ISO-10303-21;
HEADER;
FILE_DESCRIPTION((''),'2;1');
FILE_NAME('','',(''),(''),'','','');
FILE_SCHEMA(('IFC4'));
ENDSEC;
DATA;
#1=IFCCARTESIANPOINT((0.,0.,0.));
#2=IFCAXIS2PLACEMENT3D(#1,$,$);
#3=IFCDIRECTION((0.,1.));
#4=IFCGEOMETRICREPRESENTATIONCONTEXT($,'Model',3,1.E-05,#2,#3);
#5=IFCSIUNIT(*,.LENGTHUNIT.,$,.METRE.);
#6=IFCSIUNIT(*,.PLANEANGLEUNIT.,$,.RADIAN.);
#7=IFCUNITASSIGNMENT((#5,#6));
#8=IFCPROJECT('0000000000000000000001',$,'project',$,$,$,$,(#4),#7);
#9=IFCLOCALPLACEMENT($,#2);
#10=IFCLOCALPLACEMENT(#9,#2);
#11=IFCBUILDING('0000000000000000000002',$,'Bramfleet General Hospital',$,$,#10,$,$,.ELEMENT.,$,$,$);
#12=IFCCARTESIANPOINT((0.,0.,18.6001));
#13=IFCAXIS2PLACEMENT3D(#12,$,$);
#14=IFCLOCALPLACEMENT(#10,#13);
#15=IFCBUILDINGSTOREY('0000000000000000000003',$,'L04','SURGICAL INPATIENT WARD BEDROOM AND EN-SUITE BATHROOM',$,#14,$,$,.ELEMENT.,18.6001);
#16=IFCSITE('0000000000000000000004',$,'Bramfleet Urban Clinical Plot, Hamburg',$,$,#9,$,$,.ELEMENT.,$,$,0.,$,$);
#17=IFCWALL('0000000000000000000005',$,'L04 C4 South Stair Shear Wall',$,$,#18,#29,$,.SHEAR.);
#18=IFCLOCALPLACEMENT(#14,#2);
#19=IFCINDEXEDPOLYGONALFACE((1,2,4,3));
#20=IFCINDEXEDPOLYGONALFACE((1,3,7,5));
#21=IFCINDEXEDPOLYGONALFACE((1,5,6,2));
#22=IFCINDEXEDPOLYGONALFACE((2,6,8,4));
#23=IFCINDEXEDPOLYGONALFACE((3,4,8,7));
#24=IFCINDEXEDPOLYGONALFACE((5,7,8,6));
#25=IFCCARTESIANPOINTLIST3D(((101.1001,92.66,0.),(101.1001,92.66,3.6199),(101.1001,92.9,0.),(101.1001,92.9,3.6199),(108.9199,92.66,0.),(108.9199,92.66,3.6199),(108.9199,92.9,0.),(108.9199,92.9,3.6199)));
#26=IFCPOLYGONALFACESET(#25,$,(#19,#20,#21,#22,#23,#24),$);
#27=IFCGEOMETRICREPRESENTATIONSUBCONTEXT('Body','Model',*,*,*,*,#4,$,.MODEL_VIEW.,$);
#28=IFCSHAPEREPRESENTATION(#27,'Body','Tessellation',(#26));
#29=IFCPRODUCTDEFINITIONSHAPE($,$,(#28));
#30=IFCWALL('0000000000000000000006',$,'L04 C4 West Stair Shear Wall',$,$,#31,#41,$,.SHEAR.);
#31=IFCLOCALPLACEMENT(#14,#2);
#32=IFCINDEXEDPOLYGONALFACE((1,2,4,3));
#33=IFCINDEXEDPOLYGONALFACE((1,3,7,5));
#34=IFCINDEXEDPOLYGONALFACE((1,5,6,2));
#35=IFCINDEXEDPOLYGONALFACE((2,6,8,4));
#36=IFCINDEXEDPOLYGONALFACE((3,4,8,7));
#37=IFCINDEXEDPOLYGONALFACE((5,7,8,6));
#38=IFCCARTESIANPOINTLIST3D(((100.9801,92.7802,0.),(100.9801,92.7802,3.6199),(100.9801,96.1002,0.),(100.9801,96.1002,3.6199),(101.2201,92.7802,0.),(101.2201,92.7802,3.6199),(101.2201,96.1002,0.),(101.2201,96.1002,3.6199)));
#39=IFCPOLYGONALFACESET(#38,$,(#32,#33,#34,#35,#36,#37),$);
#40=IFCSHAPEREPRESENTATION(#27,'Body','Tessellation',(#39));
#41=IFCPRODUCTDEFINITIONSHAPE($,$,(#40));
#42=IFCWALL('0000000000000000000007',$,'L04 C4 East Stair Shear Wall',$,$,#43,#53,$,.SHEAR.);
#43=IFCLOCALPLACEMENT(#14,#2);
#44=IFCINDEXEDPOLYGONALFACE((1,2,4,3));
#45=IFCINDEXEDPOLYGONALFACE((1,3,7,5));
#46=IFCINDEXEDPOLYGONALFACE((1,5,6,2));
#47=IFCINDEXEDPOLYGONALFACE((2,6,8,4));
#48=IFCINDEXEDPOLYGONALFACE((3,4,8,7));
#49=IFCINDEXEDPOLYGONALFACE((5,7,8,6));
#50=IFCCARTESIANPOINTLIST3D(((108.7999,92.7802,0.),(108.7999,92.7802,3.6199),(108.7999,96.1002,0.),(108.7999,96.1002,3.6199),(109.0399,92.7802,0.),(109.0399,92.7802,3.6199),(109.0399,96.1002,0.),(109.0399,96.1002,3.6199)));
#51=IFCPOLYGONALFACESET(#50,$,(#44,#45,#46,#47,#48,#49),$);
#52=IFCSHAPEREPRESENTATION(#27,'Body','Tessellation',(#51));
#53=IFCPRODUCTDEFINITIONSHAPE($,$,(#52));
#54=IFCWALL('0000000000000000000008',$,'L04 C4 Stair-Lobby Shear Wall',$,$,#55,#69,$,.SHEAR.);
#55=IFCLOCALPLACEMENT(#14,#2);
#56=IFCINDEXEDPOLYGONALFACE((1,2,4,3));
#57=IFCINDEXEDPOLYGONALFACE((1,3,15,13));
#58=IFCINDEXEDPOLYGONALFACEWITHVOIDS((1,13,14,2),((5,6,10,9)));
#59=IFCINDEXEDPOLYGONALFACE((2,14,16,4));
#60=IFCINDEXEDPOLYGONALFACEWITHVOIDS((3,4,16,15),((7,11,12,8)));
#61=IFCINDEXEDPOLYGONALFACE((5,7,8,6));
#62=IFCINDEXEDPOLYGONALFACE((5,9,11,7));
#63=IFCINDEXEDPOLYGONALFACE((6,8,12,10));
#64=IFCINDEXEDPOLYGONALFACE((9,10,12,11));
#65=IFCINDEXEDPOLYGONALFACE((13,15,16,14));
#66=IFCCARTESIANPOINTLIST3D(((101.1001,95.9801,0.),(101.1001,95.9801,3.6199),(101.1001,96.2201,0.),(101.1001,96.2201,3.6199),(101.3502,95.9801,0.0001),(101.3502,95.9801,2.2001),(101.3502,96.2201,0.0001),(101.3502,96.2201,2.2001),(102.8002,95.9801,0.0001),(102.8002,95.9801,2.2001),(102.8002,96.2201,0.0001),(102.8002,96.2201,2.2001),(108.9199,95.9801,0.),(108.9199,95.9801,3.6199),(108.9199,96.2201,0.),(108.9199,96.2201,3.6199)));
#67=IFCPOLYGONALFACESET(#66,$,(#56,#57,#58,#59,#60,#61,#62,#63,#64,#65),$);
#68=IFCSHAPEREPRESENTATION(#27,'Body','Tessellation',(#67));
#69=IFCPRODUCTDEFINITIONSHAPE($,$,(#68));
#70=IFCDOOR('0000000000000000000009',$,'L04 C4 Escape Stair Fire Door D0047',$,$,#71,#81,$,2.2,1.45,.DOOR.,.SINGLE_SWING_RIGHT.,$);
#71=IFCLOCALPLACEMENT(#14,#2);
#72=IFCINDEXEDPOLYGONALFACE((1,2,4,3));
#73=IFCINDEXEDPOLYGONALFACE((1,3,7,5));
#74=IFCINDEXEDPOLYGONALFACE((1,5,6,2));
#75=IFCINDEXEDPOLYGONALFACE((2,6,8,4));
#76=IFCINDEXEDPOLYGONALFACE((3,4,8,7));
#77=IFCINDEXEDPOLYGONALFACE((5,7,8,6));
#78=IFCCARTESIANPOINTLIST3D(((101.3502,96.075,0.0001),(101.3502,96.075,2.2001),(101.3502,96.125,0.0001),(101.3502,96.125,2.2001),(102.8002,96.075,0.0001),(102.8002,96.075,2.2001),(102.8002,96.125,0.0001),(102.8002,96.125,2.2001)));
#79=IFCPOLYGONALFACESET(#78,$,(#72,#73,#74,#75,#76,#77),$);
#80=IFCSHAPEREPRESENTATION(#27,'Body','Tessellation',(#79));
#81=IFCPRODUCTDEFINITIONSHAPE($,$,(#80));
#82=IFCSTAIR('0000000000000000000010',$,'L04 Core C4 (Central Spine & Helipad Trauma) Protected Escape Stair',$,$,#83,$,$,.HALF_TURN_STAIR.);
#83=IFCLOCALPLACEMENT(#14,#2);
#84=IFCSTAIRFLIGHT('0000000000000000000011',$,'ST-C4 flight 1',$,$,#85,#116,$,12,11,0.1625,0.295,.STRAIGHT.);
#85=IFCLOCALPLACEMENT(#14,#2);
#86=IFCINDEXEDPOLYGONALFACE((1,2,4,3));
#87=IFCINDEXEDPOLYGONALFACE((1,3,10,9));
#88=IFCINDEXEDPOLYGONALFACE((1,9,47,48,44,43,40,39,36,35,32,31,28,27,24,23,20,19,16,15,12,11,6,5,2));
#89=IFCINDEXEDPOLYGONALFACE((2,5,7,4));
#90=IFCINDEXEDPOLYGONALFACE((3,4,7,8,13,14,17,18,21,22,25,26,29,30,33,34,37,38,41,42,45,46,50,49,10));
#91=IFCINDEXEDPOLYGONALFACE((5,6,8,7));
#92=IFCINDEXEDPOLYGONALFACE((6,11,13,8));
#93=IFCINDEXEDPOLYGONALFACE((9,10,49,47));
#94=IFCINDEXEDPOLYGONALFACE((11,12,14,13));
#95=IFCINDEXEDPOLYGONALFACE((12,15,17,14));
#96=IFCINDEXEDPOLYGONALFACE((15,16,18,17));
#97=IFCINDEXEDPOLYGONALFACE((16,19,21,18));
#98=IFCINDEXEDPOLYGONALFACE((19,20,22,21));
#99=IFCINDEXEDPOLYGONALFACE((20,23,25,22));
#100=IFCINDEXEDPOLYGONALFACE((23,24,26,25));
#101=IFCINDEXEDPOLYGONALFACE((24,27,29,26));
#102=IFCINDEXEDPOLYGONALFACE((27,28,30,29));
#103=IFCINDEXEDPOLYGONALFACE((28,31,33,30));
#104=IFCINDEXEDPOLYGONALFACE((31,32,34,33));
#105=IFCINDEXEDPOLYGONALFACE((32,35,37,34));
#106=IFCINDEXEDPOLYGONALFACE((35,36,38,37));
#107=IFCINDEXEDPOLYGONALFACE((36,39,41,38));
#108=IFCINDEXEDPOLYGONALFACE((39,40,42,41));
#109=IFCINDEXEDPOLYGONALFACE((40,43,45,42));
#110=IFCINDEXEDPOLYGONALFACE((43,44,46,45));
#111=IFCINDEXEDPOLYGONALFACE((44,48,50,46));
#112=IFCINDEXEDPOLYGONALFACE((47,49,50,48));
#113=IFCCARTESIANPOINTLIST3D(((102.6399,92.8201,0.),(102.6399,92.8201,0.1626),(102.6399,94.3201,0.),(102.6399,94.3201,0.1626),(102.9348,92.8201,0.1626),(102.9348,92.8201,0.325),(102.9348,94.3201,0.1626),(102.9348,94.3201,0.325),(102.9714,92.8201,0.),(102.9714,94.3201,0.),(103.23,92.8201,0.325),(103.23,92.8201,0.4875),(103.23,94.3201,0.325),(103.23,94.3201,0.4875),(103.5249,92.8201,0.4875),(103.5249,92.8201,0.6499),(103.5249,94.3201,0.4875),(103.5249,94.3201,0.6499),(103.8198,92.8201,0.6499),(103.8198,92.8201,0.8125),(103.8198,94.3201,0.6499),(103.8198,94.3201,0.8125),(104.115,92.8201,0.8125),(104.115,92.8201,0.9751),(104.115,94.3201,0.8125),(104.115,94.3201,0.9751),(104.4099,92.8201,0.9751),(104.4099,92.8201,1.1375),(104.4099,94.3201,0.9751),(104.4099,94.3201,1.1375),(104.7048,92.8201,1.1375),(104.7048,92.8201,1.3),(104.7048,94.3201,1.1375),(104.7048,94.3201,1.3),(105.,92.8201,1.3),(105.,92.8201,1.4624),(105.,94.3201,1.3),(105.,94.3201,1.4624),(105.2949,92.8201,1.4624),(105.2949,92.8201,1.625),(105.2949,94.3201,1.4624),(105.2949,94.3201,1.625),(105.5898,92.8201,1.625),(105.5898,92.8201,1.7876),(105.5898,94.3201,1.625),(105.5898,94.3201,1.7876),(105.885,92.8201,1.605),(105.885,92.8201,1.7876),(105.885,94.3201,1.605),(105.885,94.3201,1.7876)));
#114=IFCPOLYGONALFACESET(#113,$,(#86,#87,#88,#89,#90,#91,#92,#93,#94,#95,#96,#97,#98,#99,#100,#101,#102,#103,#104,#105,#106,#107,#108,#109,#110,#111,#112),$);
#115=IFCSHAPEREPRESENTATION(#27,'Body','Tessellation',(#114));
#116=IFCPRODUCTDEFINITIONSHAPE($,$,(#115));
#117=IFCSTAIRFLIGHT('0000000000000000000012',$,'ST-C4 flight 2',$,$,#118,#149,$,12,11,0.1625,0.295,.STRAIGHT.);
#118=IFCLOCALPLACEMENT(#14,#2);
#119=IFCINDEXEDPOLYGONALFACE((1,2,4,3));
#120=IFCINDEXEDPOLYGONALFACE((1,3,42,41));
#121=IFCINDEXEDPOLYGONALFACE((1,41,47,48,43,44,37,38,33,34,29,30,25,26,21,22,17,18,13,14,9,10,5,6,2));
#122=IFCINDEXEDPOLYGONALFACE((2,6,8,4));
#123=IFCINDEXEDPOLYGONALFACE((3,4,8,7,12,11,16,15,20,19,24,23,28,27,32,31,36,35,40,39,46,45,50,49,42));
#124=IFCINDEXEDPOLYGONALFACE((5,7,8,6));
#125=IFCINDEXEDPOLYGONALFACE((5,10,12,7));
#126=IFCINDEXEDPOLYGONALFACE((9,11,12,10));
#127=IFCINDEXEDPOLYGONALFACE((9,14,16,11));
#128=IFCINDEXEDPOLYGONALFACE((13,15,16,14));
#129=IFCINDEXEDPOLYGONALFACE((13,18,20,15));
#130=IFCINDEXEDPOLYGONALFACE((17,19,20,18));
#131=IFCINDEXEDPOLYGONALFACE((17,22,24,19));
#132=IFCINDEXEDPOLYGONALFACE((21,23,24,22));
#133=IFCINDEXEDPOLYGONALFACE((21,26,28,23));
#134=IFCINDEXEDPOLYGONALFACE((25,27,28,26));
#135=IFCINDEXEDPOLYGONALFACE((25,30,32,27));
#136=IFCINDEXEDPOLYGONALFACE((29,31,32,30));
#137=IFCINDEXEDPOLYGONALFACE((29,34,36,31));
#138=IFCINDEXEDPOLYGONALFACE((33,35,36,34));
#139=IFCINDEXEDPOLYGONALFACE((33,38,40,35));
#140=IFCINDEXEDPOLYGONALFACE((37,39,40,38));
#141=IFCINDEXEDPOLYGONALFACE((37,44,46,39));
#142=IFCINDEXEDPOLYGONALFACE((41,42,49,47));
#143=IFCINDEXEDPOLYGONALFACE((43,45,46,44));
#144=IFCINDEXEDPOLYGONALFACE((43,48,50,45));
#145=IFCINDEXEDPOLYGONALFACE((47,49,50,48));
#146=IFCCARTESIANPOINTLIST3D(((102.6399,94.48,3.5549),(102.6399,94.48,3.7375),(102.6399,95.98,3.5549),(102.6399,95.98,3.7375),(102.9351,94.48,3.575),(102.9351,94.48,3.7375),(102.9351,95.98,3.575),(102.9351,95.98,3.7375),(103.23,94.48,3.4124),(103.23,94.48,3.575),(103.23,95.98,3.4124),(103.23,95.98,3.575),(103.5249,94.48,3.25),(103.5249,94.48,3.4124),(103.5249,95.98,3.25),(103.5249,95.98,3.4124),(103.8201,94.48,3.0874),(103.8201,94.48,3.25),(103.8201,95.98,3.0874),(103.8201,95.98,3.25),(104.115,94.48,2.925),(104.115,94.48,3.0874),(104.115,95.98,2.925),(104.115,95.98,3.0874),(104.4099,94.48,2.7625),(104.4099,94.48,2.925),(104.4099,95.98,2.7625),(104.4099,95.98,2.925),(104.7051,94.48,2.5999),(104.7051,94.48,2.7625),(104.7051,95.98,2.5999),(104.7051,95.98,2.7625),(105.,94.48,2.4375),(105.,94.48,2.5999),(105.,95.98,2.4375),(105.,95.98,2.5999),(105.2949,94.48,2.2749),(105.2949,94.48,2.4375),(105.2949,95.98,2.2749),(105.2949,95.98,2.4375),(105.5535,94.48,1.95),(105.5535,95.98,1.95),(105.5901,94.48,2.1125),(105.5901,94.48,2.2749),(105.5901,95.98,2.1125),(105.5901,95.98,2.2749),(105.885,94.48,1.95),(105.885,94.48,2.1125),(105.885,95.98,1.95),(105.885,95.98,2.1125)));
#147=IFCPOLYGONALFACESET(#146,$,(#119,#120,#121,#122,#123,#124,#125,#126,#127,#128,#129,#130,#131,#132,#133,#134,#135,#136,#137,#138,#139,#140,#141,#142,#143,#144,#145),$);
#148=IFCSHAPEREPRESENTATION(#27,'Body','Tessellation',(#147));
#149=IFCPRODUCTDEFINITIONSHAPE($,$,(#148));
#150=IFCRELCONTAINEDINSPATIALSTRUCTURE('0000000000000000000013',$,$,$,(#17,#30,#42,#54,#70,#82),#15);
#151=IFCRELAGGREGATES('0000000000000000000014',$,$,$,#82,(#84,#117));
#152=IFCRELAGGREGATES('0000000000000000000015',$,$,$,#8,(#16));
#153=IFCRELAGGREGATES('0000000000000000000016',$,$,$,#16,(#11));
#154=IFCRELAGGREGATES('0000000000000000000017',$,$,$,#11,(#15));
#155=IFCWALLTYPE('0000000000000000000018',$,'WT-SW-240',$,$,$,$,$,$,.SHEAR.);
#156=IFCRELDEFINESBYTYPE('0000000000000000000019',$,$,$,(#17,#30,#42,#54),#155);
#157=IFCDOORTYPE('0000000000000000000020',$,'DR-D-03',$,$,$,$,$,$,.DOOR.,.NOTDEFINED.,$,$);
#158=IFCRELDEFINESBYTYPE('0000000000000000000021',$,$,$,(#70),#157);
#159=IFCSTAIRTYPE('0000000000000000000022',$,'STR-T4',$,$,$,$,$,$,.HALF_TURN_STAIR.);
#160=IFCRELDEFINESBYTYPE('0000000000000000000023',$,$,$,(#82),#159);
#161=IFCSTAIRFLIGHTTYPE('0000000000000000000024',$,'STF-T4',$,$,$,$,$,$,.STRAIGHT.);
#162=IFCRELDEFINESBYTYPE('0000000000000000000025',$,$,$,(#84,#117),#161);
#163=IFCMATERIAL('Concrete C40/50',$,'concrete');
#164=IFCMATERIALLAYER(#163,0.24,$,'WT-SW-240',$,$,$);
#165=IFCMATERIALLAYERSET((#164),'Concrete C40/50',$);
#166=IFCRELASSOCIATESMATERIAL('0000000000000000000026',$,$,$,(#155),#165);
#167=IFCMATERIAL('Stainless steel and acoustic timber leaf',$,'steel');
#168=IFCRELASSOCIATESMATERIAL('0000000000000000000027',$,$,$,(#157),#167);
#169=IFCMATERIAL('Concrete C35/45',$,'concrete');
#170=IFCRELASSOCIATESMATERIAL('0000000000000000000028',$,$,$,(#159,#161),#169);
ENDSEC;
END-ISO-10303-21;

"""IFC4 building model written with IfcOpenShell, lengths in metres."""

from ifc_helpers import new_model, si_unit, direction, frame, frame_2d, origin, place, context, subcontext, project, spatial, polyline, rectangle, outline, extrude, material, layer, layer_set, type_object, element, fill, aggregate, save


model = new_model("IFC4")

# Units and contexts
model_context = context("Model", 3, precision=1e-05, world=origin(), true_north=direction((0.0, 1.0)))
body_context = subcontext(model_context, "Body", "Model", "MODEL_VIEW")
ifc_project = project(units=[si_unit("LENGTHUNIT", "METRE"), si_unit("PLANEANGLEUNIT", "RADIAN")], contexts=[model_context])

# Site, building, storey
site_placement = place(None, origin())
site = spatial("IfcSite", under=ifc_project, at=site_placement, Name="Bramfleet Urban Clinical Plot, Hamburg", CompositionType="ELEMENT", RefElevation=0.0)
building_placement = place(site_placement, origin())
building = spatial("IfcBuilding", under=site, at=building_placement, Name="Bramfleet General Hospital", CompositionType="ELEMENT")
storey_placement = place(building_placement, frame((0.0, 0.0, 18.6001)))
storey = spatial("IfcBuildingStorey", under=building, at=storey_placement, Name="L04", Description="SURGICAL INPATIENT WARD BEDROOM AND EN-SUITE BATHROOM", CompositionType="ELEMENT", Elevation=18.6001)

# Shared definitions
ifc_material_1 = material(Name="Concrete C40/50", Category="concrete")

# Shared definitions
ifc_material_2 = material(Name="Concrete C35/45", Category="concrete")

# Shared definitions
ifc_material_3 = material(Name="Stainless steel and acoustic timber leaf", Category="steel")

# Walls
ifc_layer_1 = layer(ifc_material_1, 0.24, Name="WT-SW-240")
ifc_layer_set_1 = layer_set([ifc_layer_1], Name="Concrete C40/50")
wall_type_1 = type_object("IfcWallType", Name="WT-SW-240", PredefinedType="SHEAR", material=ifc_layer_set_1)
wall_1_placement = place(storey_placement, frame((101.1001, 92.78, 0.0), z_axis=(0.0, 0.0, 1.0), x_axis=(1.0, 0.0, 0.0)))
element("IfcWall", 1, at=wall_1_placement, inside=storey, type_object=wall_type_1, Name="L04 C4 South Stair Shear Wall", PredefinedType="SHEAR", context=body_context, shape_type="SweptSolid", body=[
    extrude(rectangle(XDim=7.8198, YDim=0.24, at=frame_2d((3.9099, 0.0))), origin(), (0.0, 0.0, 1.0), 3.6199),
])
for number, where, z_axis, x_axis, name in (
    (2, (101.1001, 92.78, 0.0), (0.0, 0.0, 1.0), (0.0, 1.0, 0.0), "L04 C4 West Stair Shear Wall"),
    (3, (108.9199, 92.78, 0.0), (0.0, 0.0, 1.0), (0.0, 1.0, 0.0), "L04 C4 East Stair Shear Wall"),
):
    element("IfcWall", number, at=place(storey_placement, frame(where, z_axis=z_axis, x_axis=x_axis)), inside=storey, type_object=wall_type_1, Name=name, PredefinedType="SHEAR", context=body_context, shape_type="SweptSolid", body=[
        extrude(rectangle(XDim=3.3201, YDim=0.24, at=frame_2d((1.6602, 0.0))), origin(), (0.0, 0.0, 1.0), 3.6199),
    ])

# Wall, opening, door
wall_2_placement = place(storey_placement, frame((101.1001, 96.1001, 0.0), z_axis=(0.0, 0.0, 1.0), x_axis=(1.0, 0.0, 0.0)))
wall_2 = element("IfcWall", 4, at=wall_2_placement, inside=storey, type_object=wall_type_1, Name="L04 C4 Stair-Lobby Shear Wall", PredefinedType="SHEAR", context=body_context, shape_type="SweptSolid", body=[
    extrude(rectangle(XDim=7.8198, YDim=0.24, at=frame_2d((3.9099, 0.0))), origin(), (0.0, 0.0, 1.0), 3.6199),
])
opening_1_placement = place(wall_2_placement, frame((0.25, 0.0, 0.0)))
opening_1 = element("IfcOpeningElement", 5, at=opening_1_placement, cuts=wall_2, PredefinedType="OPENING", context=body_context, shape_type="SweptSolid", body=[
    extrude(rectangle(XDim=1.45, YDim=2.2, at=frame_2d((0.7251, 1.1001))), frame((0.0, 0.1299, 0.0), z_axis=(0.0, -1.0, 0.0), x_axis=(1.0, 0.0, 0.0)), (0.0, 0.0, 1.0), 0.26),
])
door_type_1 = type_object("IfcDoorType", Name="DR-D-03", OperationType="NOTDEFINED", PredefinedType="DOOR", material=ifc_material_3)
door_1_placement = place(opening_1_placement, origin())
door_1 = element("IfcDoor", 6, at=door_1_placement, inside=storey, type_object=door_type_1, Name="L04 C4 Escape Stair Fire Door D0047", OperationType="SINGLE_SWING_RIGHT", OverallHeight=2.2, OverallWidth=1.45, PredefinedType="DOOR", context=body_context, shape_type="SweptSolid", body=[
    extrude(rectangle(XDim=1.45, YDim=2.2, at=frame_2d((0.7251, 1.1001))), frame((0.0, 0.0249, 0.0), z_axis=(0.0, -1.0, 0.0), x_axis=(1.0, 0.0, 0.0)), (0.0, 0.0, 1.0), 0.05),
])
fill(opening_1, door_1)

# Stair, stair flights
stair_type = type_object("IfcStairType", Name="STR-T4", PredefinedType="HALF_TURN_STAIR", material=ifc_material_2)
stair_placement = place(storey_placement, origin())
stair = element("IfcStair", 7, at=stair_placement, inside=storey, type_object=stair_type, Name="L04 Core C4 (Central Spine & Helipad Trauma) Protected Escape Stair", PredefinedType="HALF_TURN_STAIR")
stair_flight_type = type_object("IfcStairFlightType", Name="STF-T4", PredefinedType="STRAIGHT", material=ifc_material_2)
stair_flight_1_placement = place(storey_placement, frame((102.6399, 93.5701, 0.0), z_axis=(0.0, 0.0, 1.0), x_axis=(1.0, 0.0, 0.0)))
stair_flight_1 = element("IfcStairFlight", 8, at=stair_flight_1_placement, type_object=stair_flight_type, Name="ST-C4 flight 1", NumberOfRisers=12, NumberOfTreads=11, PredefinedType="STRAIGHT", RiserHeight=0.1625, TreadLength=0.295, context=body_context, shape_type="SweptSolid", body=[
    extrude(outline(polyline([(0.0, 0.0), (0.0, 0.1626), (0.2949, 0.1626), (0.2949, 0.325), (0.5901, 0.325), (0.5901, 0.4875), (0.885, 0.4875), (0.885, 0.6499), (1.1799, 0.6499), (1.1799, 0.8125), (1.4751, 0.8125), (1.4751, 0.9751), (1.77, 0.9751), (1.77, 1.1375), (2.0649, 1.1375), (2.0649, 1.3), (2.3601, 1.3), (2.3601, 1.4624), (2.655, 1.4624), (2.655, 1.625), (2.95, 1.625), (2.95, 1.7876), (3.2451, 1.7876), (3.2451, 1.95), (3.2451, 1.605), (0.3315, 0.0), (0.0, 0.0)])), frame((0.0, 0.75, 0.0), z_axis=(0.0, -1.0, 0.0), x_axis=(1.0, 0.0, 0.0)), (0.0, 0.0, 1.0), 1.5),
])
stair_flight_2_placement = place(storey_placement, frame((105.885, 95.23, 1.95), z_axis=(0.0, 0.0, 1.0), x_axis=(-1.0, 0.0, 0.0)))
stair_flight_2 = element("IfcStairFlight", 9, at=stair_flight_2_placement, type_object=stair_flight_type, Name="ST-C4 flight 2", NumberOfRisers=12, NumberOfTreads=11, PredefinedType="STRAIGHT", RiserHeight=0.1625, TreadLength=0.295, context=body_context, shape_type="SweptSolid", body=[
    extrude(outline(polyline([(0.0, 0.0), (0.0, 0.1626), (0.2949, 0.1626), (0.2949, 0.325), (0.5901, 0.325), (0.5901, 0.4875), (0.885, 0.4875), (0.885, 0.6499), (1.1799, 0.6499), (1.1799, 0.8125), (1.4751, 0.8125), (1.4751, 0.9751), (1.77, 0.9751), (1.77, 1.1375), (2.0649, 1.1375), (2.0649, 1.3), (2.3601, 1.3), (2.3601, 1.4624), (2.655, 1.4624), (2.655, 1.625), (2.95, 1.625), (2.95, 1.7876), (3.2451, 1.7876), (3.2451, 1.95), (3.2451, 1.605), (0.3315, 0.0), (0.0, 0.0)])), frame((0.0, 0.75, 0.0), z_axis=(0.0, -1.0, 0.0), x_axis=(1.0, 0.0, 0.0)), (0.0, 0.0, 1.0), 1.5),
])
aggregate(stair, [stair_flight_1, stair_flight_2])

save(model, "model.ifc")
